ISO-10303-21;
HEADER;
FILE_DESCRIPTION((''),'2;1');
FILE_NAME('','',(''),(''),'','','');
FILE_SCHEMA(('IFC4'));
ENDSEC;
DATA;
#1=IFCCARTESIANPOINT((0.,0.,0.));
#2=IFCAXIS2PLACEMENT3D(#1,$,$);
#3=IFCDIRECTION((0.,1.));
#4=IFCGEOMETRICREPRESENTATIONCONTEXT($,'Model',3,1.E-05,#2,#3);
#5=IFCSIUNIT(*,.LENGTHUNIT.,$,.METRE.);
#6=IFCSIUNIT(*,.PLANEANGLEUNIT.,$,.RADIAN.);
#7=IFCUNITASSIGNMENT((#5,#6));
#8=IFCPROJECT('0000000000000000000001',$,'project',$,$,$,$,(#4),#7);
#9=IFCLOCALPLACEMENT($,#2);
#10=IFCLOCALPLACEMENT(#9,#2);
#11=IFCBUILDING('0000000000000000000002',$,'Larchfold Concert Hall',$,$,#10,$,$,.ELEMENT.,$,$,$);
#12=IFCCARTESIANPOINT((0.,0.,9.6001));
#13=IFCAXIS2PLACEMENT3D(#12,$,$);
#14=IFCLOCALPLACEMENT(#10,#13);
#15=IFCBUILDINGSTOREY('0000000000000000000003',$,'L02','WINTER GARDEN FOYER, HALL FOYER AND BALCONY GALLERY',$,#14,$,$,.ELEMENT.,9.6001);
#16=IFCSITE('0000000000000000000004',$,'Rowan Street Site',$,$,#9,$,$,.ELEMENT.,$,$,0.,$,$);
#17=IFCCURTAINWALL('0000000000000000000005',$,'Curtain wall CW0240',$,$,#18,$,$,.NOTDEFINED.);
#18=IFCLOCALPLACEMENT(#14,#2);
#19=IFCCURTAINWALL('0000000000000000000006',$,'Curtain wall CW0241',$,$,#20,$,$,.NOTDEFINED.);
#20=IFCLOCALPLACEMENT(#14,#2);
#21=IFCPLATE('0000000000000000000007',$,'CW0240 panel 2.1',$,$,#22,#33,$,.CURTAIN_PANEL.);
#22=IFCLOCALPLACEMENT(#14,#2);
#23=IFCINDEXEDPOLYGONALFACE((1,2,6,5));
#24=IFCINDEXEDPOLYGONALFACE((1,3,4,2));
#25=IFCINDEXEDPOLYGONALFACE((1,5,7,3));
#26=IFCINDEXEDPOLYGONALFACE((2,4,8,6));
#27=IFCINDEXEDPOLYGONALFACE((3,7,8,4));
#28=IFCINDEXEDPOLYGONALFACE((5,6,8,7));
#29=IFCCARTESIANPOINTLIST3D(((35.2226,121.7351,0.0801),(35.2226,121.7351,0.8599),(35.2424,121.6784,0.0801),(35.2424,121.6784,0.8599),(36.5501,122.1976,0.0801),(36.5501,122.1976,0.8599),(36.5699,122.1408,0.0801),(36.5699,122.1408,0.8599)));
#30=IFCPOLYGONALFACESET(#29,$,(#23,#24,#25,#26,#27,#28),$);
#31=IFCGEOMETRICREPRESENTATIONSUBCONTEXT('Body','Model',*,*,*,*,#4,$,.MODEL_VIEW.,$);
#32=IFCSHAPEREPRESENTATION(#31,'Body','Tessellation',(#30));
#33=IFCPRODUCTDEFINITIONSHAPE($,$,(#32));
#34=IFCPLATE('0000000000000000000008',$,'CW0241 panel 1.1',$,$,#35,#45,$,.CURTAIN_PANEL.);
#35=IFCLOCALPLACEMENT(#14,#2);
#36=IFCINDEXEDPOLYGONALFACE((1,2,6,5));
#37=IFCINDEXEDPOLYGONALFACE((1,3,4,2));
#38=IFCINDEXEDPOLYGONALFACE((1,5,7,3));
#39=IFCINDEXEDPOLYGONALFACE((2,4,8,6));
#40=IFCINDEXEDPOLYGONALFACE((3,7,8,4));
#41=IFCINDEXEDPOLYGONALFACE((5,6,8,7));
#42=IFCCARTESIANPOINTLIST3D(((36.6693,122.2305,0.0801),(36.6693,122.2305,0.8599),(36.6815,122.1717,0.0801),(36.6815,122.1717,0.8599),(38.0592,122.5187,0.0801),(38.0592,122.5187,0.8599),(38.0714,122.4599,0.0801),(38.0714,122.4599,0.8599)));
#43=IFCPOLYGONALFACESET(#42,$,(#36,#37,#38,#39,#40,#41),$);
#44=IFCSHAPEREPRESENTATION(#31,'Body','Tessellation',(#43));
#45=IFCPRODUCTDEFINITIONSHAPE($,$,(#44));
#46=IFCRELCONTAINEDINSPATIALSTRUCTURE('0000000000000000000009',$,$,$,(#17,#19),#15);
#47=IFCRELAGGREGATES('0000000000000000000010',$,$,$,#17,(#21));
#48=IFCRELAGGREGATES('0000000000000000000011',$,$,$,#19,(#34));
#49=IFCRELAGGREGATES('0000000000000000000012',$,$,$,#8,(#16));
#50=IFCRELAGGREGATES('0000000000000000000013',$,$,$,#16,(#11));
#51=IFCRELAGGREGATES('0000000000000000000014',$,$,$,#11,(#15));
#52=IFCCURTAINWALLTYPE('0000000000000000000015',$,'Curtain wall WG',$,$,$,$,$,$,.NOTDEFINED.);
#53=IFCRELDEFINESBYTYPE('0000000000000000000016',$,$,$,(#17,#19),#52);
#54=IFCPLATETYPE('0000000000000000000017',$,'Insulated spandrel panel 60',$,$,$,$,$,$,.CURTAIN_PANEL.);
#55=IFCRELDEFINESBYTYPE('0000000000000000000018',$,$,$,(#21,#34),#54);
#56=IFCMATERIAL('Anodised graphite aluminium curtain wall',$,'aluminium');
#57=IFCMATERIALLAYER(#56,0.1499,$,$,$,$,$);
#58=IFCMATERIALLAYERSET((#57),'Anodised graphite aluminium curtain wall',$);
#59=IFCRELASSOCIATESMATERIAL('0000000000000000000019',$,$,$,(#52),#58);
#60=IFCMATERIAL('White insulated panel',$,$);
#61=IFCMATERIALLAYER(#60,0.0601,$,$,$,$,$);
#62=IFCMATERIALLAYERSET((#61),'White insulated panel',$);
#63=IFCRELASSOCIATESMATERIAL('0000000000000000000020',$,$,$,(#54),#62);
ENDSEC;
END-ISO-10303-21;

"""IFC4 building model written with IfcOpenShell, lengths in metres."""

from ifc_helpers import new_model, si_unit, direction, frame, origin, origin_2d, place, context, subcontext, project, spatial, rectangle, extrude, material, layer, layer_set, type_object, element, aggregate, save


model = new_model("IFC4")

# Units and contexts
model_context = context("Model", 3, precision=1e-05, world=origin(), true_north=direction((0.0, 1.0)))
body_context = subcontext(model_context, "Body", "Model", "MODEL_VIEW")
ifc_project = project(units=[si_unit("LENGTHUNIT", "METRE"), si_unit("PLANEANGLEUNIT", "RADIAN")], contexts=[model_context])

# Site, building, storey
site_placement = place(None, origin())
site = spatial("IfcSite", under=ifc_project, at=site_placement, Name="Rowan Street Site", CompositionType="ELEMENT", RefElevation=0.0)
building_placement = place(site_placement, origin())
building = spatial("IfcBuilding", under=site, at=building_placement, Name="Larchfold Concert Hall", CompositionType="ELEMENT")
storey_placement = place(building_placement, frame((0.0, 0.0, 9.6001)))
storey = spatial("IfcBuildingStorey", under=building, at=storey_placement, Name="L02", Description="WINTER GARDEN FOYER, HALL FOYER AND BALCONY GALLERY", CompositionType="ELEMENT", Elevation=9.6001)

# Curtain walls
ifc_material_1 = material(Name="Anodised graphite aluminium curtain wall", Category="aluminium")
ifc_layer_1 = layer(ifc_material_1, 0.1499)
ifc_layer_set_1 = layer_set([ifc_layer_1], Name="Anodised graphite aluminium curtain wall")
curtain_wall_type = type_object("IfcCurtainWallType", Name="Curtain wall WG", PredefinedType="NOTDEFINED", material=ifc_layer_set_1)
curtain_wall_1_placement = place(storey_placement, origin())
curtain_wall_1 = element("IfcCurtainWall", 1, at=curtain_wall_1_placement, inside=storey, type_object=curtain_wall_type, Name="Curtain wall CW0240", PredefinedType="NOTDEFINED")
curtain_wall_2_placement = place(storey_placement, origin())
curtain_wall_2 = element("IfcCurtainWall", 2, at=curtain_wall_2_placement, inside=storey, type_object=curtain_wall_type, Name="Curtain wall CW0241", PredefinedType="NOTDEFINED")

# Plates
ifc_material_2 = material(Name="White insulated panel")
ifc_layer_2 = layer(ifc_material_2, 0.0601)
ifc_layer_set_2 = layer_set([ifc_layer_2], Name="White insulated panel")
plate_type_1 = type_object("IfcPlateType", Name="Insulated spandrel panel 60", PredefinedType="CURTAIN_PANEL", material=ifc_layer_set_2)
plate_1_placement = place(storey_placement, frame((35.8962, 121.938, 0.0801), z_axis=(0.0, 0.0, 1.0), x_axis=(0.944346, 0.328954, 0.0)))
plate_1 = element("IfcPlate", 3, at=plate_1_placement, type_object=plate_type_1, Name="CW0240 panel 2.1", PredefinedType="CURTAIN_PANEL", context=body_context, shape_type="SweptSolid", body=[
    extrude(rectangle(XDim=1.4058, YDim=0.0601, at=origin_2d()), origin(), (0.0, 0.0, 1.0), 0.7798),
])
aggregate(curtain_wall_1, [plate_1])
plate_2_placement = place(storey_placement, frame((37.3704, 122.3452, 0.0801), z_axis=(0.0, 0.0, 1.0), x_axis=(0.979166, 0.203063, 0.0)))
plate_2 = element("IfcPlate", 4, at=plate_2_placement, type_object=plate_type_1, Name="CW0241 panel 1.1", PredefinedType="CURTAIN_PANEL", context=body_context, shape_type="SweptSolid", body=[
    extrude(rectangle(XDim=1.4194, YDim=0.0601, at=origin_2d()), origin(), (0.0, 0.0, 1.0), 0.7798),
])
aggregate(curtain_wall_2, [plate_2])

save(model, "model.ifc")
